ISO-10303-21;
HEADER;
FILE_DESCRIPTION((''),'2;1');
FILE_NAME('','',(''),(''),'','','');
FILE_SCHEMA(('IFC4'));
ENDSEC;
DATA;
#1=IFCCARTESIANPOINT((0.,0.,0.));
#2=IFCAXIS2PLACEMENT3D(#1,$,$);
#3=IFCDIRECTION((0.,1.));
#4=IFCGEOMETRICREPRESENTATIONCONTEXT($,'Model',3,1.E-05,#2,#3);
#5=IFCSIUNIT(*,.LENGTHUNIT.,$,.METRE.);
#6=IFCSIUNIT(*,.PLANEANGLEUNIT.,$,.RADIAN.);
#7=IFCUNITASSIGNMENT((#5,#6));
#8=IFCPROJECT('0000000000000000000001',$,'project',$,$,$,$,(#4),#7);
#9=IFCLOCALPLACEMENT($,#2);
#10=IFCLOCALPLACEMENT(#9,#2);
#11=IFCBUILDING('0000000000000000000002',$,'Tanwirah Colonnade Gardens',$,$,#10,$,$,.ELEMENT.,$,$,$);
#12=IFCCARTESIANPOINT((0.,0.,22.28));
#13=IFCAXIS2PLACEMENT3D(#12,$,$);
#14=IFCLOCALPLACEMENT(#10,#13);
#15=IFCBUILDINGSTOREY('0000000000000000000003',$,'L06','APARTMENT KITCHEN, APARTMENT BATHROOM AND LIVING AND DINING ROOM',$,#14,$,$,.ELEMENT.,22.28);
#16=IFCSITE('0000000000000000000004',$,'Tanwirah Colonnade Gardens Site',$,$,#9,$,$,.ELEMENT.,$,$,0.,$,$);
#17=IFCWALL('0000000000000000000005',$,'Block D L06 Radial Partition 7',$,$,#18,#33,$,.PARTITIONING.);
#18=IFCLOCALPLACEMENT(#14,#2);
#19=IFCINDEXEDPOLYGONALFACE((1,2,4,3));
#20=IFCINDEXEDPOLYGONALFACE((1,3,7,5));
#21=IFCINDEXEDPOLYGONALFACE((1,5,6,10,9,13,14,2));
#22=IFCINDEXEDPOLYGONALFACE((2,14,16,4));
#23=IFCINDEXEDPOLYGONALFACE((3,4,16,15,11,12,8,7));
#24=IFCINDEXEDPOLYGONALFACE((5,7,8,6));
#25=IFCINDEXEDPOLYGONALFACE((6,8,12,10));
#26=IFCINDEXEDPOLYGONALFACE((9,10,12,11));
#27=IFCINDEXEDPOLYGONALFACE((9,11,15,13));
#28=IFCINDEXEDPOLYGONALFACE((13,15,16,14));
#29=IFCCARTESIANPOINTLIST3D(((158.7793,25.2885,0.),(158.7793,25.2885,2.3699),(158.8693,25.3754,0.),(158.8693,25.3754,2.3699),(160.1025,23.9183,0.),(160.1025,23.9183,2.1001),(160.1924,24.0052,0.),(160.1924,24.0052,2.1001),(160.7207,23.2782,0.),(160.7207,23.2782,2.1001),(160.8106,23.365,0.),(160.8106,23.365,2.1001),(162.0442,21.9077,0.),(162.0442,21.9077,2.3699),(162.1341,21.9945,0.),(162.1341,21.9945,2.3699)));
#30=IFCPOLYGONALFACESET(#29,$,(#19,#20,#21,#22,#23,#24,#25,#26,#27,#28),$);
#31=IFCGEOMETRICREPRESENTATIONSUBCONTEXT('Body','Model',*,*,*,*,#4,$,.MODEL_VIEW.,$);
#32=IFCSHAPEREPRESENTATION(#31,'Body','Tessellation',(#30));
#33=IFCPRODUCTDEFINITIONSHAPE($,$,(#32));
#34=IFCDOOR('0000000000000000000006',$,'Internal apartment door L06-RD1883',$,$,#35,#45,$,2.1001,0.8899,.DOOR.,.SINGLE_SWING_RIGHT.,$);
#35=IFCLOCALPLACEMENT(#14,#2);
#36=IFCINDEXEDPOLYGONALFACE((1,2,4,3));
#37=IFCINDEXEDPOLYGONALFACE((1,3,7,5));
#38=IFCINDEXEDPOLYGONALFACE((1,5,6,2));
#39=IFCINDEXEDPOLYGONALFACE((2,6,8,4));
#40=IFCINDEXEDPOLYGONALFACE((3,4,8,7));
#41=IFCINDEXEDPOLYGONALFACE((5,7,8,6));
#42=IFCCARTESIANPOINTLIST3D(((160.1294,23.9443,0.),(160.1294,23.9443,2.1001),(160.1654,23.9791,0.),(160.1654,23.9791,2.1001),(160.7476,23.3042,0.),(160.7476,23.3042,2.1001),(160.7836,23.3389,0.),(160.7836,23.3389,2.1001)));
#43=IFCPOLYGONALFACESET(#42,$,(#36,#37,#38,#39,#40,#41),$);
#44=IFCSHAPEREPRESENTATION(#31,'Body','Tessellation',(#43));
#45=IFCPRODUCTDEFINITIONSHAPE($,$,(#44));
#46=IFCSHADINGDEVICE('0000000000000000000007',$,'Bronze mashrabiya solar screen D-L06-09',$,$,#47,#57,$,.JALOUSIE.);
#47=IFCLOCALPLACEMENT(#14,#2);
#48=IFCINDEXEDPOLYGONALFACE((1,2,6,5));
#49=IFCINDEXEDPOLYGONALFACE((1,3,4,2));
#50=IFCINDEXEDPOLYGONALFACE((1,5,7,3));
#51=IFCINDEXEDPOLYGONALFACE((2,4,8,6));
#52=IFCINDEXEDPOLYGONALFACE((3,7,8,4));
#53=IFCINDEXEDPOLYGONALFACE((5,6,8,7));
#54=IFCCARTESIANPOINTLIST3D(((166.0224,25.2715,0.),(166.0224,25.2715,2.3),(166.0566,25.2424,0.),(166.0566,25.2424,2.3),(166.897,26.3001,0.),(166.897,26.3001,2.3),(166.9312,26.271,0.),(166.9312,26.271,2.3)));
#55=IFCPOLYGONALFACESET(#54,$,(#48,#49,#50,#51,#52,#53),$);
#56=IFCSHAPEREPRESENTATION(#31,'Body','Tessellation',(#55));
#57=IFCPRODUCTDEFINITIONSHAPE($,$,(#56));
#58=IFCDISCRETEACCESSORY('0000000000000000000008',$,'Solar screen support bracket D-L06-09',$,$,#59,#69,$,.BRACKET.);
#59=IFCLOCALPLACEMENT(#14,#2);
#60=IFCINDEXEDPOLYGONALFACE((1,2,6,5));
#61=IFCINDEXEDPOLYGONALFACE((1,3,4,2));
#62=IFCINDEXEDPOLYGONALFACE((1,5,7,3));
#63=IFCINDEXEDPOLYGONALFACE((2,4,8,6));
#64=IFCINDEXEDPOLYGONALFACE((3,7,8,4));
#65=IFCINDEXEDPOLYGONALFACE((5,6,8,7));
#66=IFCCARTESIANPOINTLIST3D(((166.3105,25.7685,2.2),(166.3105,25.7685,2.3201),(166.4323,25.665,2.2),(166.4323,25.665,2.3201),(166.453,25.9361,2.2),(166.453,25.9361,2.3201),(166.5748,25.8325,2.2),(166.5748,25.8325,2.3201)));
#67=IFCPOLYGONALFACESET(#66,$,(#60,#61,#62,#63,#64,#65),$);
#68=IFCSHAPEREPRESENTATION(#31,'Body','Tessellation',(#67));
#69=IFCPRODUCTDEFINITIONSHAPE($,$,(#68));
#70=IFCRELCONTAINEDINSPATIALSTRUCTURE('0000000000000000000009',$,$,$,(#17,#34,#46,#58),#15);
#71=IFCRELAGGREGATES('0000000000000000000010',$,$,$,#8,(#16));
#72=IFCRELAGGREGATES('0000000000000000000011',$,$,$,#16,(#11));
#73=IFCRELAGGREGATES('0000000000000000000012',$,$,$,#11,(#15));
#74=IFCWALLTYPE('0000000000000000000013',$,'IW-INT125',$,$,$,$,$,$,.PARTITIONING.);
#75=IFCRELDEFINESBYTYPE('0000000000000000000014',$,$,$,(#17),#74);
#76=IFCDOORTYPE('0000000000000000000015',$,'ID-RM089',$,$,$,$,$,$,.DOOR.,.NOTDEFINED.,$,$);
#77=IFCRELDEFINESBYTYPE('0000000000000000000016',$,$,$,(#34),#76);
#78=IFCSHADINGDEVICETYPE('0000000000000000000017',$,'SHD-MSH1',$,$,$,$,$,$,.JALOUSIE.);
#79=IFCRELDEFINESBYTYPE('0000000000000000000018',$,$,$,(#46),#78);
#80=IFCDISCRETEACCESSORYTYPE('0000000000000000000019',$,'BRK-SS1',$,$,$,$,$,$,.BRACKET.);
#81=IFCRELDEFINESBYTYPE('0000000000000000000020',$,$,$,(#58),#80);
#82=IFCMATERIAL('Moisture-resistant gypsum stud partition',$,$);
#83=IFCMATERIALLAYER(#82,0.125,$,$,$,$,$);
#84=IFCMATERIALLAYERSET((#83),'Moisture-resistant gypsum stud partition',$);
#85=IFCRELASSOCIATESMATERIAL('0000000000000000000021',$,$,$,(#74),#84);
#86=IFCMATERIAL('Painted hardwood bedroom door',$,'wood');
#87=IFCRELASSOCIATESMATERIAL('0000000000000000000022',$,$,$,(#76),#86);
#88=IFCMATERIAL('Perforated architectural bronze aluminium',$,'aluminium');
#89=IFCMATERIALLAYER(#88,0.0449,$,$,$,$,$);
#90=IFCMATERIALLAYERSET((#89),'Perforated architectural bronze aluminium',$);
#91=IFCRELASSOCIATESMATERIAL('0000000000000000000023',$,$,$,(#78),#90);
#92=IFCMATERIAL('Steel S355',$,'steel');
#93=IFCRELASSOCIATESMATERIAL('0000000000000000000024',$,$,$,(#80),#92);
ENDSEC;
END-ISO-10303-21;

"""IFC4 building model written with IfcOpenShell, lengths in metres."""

from ifc_helpers import new_model, si_unit, direction, frame, frame_2d, origin, origin_2d, place, context, subcontext, project, spatial, rectangle, extrude, material, layer, layer_set, type_object, element, fill, save


model = new_model("IFC4")

# Units and contexts
model_context = context("Model", 3, precision=1e-05, world=origin(), true_north=direction((0.0, 1.0)))
body_context = subcontext(model_context, "Body", "Model", "MODEL_VIEW")
ifc_project = project(units=[si_unit("LENGTHUNIT", "METRE"), si_unit("PLANEANGLEUNIT", "RADIAN")], contexts=[model_context])

# Site, building, storey
site_placement = place(None, origin())
site = spatial("IfcSite", under=ifc_project, at=site_placement, Name="Tanwirah Colonnade Gardens Site", CompositionType="ELEMENT", RefElevation=0.0)
building_placement = place(site_placement, origin())
building = spatial("IfcBuilding", under=site, at=building_placement, Name="Tanwirah Colonnade Gardens", CompositionType="ELEMENT")
storey_placement = place(building_placement, frame((0.0, 0.0, 22.28)))
storey = spatial("IfcBuildingStorey", under=building, at=storey_placement, Name="L06", Description="APARTMENT KITCHEN, APARTMENT BATHROOM AND LIVING AND DINING ROOM", CompositionType="ELEMENT", Elevation=22.28)

# Wall, opening, door
ifc_material_1 = material(Name="Moisture-resistant gypsum stud partition")
ifc_layer_1 = layer(ifc_material_1, 0.125)
ifc_layer_set_1 = layer_set([ifc_layer_1], Name="Moisture-resistant gypsum stud partition")
wall_type_1 = type_object("IfcWallType", Name="IW-INT125", PredefinedType="PARTITIONING", material=ifc_layer_set_1)
wall_1_placement = place(storey_placement, frame((158.8242, 25.332, 0.0), z_axis=(0.0, 0.0, 1.0), x_axis=(0.694662, -0.719336, 0.0)))
wall_1 = element("IfcWall", 1, at=wall_1_placement, inside=storey, type_object=wall_type_1, Name="Block D L06 Radial Partition 7", PredefinedType="PARTITIONING", context=body_context, shape_type="SweptSolid", body=[
    extrude(rectangle(XDim=4.7, YDim=0.125, at=frame_2d((2.3501, 0.0))), origin(), (0.0, 0.0, 1.0), 2.3699),
])
opening_1_placement = place(wall_1_placement, frame((1.905, 0.0, 0.0)))
opening_1 = element("IfcOpeningElement", 2, at=opening_1_placement, cuts=wall_1, PredefinedType="OPENING", context=body_context, shape_type="SweptSolid", body=[
    extrude(rectangle(XDim=0.8899, YDim=2.1001, at=frame_2d((0.4448, 1.05))), frame((0.0, 0.0725, 0.0), z_axis=(0.0, -1.0, 0.0), x_axis=(1.0, 0.0, 0.0)), (0.0, 0.0, 1.0), 0.145),
])
ifc_material_2 = material(Name="Painted hardwood bedroom door", Category="wood")
door_type_1 = type_object("IfcDoorType", Name="ID-RM089", OperationType="NOTDEFINED", PredefinedType="DOOR", material=ifc_material_2)
door_1_placement = place(opening_1_placement, origin())
door_1 = element("IfcDoor", 3, at=door_1_placement, inside=storey, type_object=door_type_1, Name="Internal apartment door L06-RD1883", OperationType="SINGLE_SWING_RIGHT", OverallHeight=2.1001, OverallWidth=0.8899, PredefinedType="DOOR", context=body_context, shape_type="SweptSolid", body=[
    extrude(rectangle(XDim=0.8899, YDim=2.1001, at=frame_2d((0.4448, 1.05))), frame((0.0, 0.0249, 0.0), z_axis=(0.0, -1.0, 0.0), x_axis=(1.0, 0.0, 0.0)), (0.0, 0.0, 1.0), 0.05),
])
fill(opening_1, door_1)

# Shading device
ifc_material_3 = material(Name="Perforated architectural bronze aluminium", Category="aluminium")
ifc_layer_2 = layer(ifc_material_3, 0.0449)
ifc_layer_set_2 = layer_set([ifc_layer_2], Name="Perforated architectural bronze aluminium")
shading_device_type = type_object("IfcShadingDeviceType", Name="SHD-MSH1", PredefinedType="JALOUSIE", material=ifc_layer_set_2)
shading_device_placement = place(storey_placement, frame((166.4768, 25.7712, 0.0), z_axis=(0.0, 0.0, 1.0), x_axis=(0.647787, 0.761821, 0.0)))
element("IfcShadingDevice", 4, at=shading_device_placement, inside=storey, type_object=shading_device_type, Name="Bronze mashrabiya solar screen D-L06-09", PredefinedType="JALOUSIE", context=body_context, shape_type="SweptSolid", body=[
    extrude(rectangle(XDim=1.3501, YDim=0.0449, at=origin_2d()), origin(), (0.0, 0.0, 1.0), 2.3),
])

# Discrete accessory
ifc_material_4 = material(Name="Steel S355", Category="steel")
discrete_accessory_type = type_object("IfcDiscreteAccessoryType", Name="BRK-SS1", PredefinedType="BRACKET", material=ifc_material_4)
discrete_accessory_placement = place(storey_placement, frame((166.4426, 25.8005, 2.2), z_axis=(0.0, 0.0, 1.0), x_axis=(0.647787, 0.761821, 0.0)))
element("IfcDiscreteAccessory", 5, at=discrete_accessory_placement, inside=storey, type_object=discrete_accessory_type, Name="Solar screen support bracket D-L06-09", PredefinedType="BRACKET", context=body_context, shape_type="SweptSolid", body=[
    extrude(rectangle(XDim=0.22, YDim=0.1599, at=origin_2d()), origin(), (0.0, 0.0, 1.0), 0.1201),
])

save(model, "model.ifc")
